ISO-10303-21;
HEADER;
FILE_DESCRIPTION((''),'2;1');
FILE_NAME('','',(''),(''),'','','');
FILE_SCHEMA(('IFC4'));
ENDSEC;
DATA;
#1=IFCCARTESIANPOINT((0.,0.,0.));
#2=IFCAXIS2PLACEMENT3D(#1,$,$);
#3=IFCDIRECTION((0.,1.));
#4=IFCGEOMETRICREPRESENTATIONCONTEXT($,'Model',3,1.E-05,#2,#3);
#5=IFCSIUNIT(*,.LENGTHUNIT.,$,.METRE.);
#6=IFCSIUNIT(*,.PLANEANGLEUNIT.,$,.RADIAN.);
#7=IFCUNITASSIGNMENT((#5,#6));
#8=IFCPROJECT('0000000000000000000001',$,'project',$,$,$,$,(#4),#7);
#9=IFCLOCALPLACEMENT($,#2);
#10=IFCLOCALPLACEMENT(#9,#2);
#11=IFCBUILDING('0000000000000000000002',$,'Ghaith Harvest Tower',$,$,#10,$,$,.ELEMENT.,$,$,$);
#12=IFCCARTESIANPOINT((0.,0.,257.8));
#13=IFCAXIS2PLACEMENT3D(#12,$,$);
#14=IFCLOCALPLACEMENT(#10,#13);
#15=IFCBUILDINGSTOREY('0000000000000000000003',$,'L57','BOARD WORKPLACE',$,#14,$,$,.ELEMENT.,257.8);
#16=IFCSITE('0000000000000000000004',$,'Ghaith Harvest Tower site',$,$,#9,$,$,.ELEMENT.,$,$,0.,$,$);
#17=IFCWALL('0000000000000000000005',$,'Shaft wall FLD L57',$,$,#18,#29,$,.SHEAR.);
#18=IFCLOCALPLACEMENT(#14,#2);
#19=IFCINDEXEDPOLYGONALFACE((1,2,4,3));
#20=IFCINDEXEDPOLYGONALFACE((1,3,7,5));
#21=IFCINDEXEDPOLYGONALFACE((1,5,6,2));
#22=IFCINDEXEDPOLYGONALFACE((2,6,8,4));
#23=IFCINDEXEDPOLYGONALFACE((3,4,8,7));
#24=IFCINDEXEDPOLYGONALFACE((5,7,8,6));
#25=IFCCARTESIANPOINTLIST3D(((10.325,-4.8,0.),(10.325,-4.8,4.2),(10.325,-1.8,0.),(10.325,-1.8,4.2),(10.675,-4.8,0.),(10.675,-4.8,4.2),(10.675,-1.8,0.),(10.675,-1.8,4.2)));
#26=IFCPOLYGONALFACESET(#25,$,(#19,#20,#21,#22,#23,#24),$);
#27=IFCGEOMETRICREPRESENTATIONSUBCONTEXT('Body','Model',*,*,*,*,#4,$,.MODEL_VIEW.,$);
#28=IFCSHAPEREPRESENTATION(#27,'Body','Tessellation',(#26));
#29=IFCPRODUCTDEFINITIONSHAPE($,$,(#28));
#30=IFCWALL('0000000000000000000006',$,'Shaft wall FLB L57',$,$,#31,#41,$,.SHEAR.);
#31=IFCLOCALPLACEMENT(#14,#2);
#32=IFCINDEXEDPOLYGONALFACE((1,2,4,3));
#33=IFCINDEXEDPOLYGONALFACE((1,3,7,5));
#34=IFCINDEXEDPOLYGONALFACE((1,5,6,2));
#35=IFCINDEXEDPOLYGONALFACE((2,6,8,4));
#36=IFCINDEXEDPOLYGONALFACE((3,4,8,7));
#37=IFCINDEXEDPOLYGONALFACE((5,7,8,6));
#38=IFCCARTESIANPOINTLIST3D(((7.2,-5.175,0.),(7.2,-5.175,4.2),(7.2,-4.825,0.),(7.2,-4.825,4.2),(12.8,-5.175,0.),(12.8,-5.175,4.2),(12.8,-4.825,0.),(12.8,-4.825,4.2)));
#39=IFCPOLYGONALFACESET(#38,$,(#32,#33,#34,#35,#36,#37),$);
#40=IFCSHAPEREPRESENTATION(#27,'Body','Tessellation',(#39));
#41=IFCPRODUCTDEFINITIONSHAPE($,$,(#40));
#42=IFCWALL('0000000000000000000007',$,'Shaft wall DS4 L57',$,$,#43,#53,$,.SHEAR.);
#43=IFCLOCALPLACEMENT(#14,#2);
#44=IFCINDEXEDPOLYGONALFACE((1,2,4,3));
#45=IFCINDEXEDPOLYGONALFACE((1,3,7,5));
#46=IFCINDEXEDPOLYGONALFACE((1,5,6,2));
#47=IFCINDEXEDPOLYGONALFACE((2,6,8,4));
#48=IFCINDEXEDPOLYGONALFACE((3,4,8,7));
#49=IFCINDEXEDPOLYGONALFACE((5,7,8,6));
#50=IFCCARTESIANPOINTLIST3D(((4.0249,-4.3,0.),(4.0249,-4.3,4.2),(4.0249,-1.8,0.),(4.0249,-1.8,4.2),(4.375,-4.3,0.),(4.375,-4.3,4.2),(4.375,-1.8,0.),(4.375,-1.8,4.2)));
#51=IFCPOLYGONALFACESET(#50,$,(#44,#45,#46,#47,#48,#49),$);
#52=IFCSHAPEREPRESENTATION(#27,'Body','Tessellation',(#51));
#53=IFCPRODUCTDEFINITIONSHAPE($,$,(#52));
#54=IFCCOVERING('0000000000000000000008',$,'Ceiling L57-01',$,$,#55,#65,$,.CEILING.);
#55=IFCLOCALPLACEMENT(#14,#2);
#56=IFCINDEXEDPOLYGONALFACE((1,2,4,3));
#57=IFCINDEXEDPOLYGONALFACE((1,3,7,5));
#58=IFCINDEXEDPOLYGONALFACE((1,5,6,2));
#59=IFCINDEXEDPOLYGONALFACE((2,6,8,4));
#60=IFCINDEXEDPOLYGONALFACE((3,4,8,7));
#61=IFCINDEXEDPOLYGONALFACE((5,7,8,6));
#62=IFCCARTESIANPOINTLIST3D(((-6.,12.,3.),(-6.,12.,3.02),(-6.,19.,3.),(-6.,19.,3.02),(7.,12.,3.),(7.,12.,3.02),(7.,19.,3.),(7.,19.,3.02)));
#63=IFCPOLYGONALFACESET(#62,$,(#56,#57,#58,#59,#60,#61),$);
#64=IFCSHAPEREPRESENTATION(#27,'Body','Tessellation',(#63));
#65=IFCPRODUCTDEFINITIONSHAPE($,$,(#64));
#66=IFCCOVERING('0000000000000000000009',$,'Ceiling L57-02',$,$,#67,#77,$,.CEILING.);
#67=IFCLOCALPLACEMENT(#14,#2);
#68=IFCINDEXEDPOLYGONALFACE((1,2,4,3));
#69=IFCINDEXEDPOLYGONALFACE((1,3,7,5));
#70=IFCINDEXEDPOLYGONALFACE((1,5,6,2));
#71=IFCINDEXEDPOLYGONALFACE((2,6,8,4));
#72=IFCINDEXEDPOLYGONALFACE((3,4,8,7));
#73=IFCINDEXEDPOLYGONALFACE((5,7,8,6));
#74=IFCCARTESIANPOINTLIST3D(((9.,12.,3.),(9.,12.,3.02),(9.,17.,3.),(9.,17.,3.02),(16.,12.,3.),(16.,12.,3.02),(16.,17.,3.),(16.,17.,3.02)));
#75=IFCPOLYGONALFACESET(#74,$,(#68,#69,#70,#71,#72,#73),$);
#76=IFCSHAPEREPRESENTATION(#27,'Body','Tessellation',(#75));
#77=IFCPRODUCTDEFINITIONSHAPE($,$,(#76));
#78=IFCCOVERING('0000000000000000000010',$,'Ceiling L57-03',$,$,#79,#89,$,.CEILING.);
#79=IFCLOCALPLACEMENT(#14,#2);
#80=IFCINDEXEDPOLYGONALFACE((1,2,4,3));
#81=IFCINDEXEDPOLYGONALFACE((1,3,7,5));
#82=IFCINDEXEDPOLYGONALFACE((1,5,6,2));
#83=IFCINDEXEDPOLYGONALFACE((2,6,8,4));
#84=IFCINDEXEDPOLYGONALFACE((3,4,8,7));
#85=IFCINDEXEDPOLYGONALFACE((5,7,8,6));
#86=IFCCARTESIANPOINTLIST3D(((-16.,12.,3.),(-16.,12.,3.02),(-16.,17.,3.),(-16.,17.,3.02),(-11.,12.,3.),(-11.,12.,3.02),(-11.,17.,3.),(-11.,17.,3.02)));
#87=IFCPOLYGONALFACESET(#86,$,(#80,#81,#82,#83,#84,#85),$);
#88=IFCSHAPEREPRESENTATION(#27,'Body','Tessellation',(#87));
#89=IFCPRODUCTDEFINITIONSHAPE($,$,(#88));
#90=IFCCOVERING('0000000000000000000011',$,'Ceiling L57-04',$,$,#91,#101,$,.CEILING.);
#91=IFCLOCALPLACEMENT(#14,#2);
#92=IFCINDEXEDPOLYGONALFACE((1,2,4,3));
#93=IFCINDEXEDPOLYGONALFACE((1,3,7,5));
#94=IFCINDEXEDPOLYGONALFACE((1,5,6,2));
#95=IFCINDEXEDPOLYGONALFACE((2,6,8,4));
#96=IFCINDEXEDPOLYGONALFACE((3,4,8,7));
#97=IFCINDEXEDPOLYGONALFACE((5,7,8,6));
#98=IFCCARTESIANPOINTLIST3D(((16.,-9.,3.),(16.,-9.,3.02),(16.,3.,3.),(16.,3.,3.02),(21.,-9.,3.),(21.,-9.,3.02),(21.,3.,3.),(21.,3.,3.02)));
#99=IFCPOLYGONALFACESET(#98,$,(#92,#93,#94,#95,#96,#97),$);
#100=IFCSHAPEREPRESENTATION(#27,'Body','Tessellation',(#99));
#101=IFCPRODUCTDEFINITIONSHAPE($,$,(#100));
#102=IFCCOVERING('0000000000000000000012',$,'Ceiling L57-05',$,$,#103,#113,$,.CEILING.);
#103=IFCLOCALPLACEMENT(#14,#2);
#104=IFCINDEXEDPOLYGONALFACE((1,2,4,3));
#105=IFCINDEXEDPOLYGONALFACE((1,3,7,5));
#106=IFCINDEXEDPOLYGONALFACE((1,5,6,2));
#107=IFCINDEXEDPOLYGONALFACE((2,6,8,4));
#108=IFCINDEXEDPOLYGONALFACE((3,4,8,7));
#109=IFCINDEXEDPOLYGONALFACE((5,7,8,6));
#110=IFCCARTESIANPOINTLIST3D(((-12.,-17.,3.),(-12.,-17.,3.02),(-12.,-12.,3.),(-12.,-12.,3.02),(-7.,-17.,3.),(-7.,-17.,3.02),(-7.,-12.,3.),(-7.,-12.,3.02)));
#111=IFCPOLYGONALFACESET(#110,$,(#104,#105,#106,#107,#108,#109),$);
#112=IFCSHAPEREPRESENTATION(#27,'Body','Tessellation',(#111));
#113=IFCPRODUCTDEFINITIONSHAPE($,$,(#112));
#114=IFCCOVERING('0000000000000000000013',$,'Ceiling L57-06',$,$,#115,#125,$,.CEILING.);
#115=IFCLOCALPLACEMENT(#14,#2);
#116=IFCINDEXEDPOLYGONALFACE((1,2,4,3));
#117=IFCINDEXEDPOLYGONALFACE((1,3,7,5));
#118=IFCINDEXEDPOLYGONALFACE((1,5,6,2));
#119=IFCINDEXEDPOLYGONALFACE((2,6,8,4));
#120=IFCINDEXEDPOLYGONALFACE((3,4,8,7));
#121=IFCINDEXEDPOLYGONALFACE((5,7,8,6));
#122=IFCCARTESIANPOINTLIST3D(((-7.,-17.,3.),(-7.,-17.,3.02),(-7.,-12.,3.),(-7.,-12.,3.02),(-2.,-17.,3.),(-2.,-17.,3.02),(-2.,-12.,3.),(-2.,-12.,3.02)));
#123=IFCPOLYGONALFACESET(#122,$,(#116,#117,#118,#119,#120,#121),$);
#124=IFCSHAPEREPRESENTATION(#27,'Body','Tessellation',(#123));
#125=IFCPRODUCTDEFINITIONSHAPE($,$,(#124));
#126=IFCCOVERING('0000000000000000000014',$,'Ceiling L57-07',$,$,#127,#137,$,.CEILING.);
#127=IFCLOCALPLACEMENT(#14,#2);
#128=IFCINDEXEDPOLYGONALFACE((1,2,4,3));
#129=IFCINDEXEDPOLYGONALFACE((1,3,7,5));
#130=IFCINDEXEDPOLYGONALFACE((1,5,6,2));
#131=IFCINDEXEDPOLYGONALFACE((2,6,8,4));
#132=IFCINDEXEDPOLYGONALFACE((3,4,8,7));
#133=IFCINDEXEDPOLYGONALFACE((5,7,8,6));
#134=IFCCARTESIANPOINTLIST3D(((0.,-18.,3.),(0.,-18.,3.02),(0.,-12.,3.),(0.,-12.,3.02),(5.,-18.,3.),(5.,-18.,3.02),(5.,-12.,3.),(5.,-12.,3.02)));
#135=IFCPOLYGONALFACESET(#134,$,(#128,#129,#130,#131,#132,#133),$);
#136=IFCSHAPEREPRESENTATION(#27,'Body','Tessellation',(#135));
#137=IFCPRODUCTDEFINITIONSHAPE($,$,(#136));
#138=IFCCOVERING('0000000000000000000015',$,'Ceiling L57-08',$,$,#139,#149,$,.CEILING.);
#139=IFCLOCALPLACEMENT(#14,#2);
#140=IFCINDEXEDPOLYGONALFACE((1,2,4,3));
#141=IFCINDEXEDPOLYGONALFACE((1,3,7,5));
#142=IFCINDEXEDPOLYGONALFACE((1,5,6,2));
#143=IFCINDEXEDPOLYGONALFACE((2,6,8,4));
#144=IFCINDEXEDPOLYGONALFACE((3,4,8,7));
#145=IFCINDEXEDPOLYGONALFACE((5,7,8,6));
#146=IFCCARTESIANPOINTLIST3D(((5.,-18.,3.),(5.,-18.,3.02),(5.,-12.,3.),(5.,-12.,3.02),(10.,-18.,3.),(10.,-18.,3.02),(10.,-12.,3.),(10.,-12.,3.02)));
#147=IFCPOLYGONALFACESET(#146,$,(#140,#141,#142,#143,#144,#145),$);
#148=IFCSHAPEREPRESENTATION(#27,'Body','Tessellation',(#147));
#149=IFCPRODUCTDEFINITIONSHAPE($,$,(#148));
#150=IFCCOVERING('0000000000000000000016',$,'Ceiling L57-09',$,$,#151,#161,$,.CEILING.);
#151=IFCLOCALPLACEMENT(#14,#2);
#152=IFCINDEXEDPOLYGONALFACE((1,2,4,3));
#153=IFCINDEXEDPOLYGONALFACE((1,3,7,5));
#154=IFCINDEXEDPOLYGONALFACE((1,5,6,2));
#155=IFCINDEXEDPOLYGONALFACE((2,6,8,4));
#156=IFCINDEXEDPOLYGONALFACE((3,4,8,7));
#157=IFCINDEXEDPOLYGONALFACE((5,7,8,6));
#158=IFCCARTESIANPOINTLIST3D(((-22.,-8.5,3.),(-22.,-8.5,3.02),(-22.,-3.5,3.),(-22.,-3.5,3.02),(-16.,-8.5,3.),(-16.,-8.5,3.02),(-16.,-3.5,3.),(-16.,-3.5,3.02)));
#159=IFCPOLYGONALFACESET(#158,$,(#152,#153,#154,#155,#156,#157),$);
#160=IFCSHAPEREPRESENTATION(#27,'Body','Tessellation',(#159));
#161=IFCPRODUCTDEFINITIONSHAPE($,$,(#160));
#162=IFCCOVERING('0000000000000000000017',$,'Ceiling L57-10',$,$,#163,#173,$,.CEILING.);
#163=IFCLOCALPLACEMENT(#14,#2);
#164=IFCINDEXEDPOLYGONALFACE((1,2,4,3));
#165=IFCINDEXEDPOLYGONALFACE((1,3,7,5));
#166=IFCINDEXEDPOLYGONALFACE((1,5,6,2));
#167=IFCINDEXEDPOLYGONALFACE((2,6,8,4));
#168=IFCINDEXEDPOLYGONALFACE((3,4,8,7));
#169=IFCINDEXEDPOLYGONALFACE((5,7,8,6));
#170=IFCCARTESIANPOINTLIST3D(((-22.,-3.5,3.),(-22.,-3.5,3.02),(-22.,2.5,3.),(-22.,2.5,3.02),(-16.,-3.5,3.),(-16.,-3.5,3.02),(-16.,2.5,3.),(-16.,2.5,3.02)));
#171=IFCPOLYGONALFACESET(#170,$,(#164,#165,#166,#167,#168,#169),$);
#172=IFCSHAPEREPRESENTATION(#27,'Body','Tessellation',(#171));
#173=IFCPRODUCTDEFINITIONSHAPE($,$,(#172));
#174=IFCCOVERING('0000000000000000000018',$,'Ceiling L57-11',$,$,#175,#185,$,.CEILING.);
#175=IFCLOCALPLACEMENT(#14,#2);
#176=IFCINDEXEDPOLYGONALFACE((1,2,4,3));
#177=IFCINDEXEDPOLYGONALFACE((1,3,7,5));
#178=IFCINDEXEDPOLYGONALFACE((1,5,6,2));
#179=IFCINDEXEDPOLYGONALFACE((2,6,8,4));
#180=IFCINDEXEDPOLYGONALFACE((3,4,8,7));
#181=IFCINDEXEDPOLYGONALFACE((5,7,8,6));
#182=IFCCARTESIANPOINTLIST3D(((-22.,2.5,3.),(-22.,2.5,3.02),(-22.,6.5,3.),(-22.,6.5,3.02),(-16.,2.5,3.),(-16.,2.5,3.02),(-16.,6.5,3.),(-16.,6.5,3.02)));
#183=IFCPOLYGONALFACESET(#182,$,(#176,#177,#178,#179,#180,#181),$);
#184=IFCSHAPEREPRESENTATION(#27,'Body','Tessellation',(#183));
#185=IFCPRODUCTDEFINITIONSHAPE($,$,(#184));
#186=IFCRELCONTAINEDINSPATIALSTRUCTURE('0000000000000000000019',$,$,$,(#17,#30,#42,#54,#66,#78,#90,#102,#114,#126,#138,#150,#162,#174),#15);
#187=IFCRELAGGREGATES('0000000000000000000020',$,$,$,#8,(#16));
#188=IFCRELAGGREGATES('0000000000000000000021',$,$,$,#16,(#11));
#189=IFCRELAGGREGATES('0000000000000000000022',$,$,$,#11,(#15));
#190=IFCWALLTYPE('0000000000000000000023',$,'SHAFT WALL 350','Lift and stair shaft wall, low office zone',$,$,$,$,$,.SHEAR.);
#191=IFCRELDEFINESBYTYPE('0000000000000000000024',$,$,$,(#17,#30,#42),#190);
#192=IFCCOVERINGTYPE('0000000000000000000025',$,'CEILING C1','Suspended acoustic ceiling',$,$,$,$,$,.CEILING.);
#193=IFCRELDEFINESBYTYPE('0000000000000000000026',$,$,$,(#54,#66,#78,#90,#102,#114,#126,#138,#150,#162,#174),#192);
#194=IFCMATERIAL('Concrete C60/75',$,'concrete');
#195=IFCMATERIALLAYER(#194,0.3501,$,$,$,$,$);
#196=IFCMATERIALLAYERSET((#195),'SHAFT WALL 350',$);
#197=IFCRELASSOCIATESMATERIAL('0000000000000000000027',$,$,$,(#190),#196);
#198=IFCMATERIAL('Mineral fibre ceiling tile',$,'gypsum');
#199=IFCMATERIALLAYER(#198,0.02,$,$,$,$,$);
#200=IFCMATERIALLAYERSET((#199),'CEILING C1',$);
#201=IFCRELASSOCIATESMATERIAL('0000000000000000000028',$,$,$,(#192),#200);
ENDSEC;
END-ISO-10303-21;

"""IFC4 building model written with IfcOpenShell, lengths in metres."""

from ifc_helpers import new_model, si_unit, direction, frame, frame_2d, origin, place, context, subcontext, project, spatial, polyline, rectangle, outline, extrude, material, layer, layer_set, type_object, element, save


model = new_model("IFC4")

# Units and contexts
model_context = context("Model", 3, precision=1e-05, world=origin(), true_north=direction((0.0, 1.0)))
body_context = subcontext(model_context, "Body", "Model", "MODEL_VIEW")
ifc_project = project(units=[si_unit("LENGTHUNIT", "METRE"), si_unit("PLANEANGLEUNIT", "RADIAN")], contexts=[model_context])

# Site, building, storey
site_placement = place(None, origin())
site = spatial("IfcSite", under=ifc_project, at=site_placement, Name="Ghaith Harvest Tower site", CompositionType="ELEMENT", RefElevation=0.0)
building_placement = place(site_placement, origin())
building = spatial("IfcBuilding", under=site, at=building_placement, Name="Ghaith Harvest Tower", CompositionType="ELEMENT")
storey_placement = place(building_placement, frame((0.0, 0.0, 257.8)))
storey = spatial("IfcBuildingStorey", under=building, at=storey_placement, Name="L57", Description="BOARD WORKPLACE", CompositionType="ELEMENT", Elevation=257.8)

# Shared definitions
ifc_material_1 = material(Name="Concrete C60/75", Category="concrete")
ifc_layer_1 = layer(ifc_material_1, 0.3501)
ifc_layer_set_1 = layer_set([ifc_layer_1], Name="SHAFT WALL 350")
wall_type_1 = type_object("IfcWallType", Name="SHAFT WALL 350", Description="Lift and stair shaft wall, low office zone", PredefinedType="SHEAR", material=ifc_layer_set_1)

# Walls
wall_1_placement = place(storey_placement, frame((10.5, -4.8, 0.0), z_axis=(0.0, 0.0, 1.0), x_axis=(0.0, 1.0, 0.0)))
element("IfcWall", 1, at=wall_1_placement, inside=storey, type_object=wall_type_1, Name="Shaft wall FLD L57", PredefinedType="SHEAR", context=body_context, shape_type="SweptSolid", body=[
    extrude(rectangle(XDim=3.0, YDim=0.3501, at=frame_2d((1.5, 0.0))), origin(), (0.0, 0.0, 1.0), 4.2),
])
wall_2_placement = place(storey_placement, frame((7.2, -5.0, 0.0), z_axis=(0.0, 0.0, 1.0), x_axis=(1.0, 0.0, 0.0)))
element("IfcWall", 2, at=wall_2_placement, inside=storey, type_object=wall_type_1, Name="Shaft wall FLB L57", PredefinedType="SHEAR", context=body_context, shape_type="SweptSolid", body=[
    extrude(rectangle(XDim=5.6001, YDim=0.3501, at=frame_2d((2.8, 0.0))), origin(), (0.0, 0.0, 1.0), 4.2),
])
wall_3_placement = place(storey_placement, frame((4.2, -4.3, 0.0), z_axis=(0.0, 0.0, 1.0), x_axis=(0.0, 1.0, 0.0)))
element("IfcWall", 3, at=wall_3_placement, inside=storey, type_object=wall_type_1, Name="Shaft wall DS4 L57", PredefinedType="SHEAR", context=body_context, shape_type="SweptSolid", body=[
    extrude(rectangle(XDim=2.5, YDim=0.3501, at=frame_2d((1.25, 0.0))), origin(), (0.0, 0.0, 1.0), 4.2),
])

# Coverings
ifc_material_2 = material(Name="Mineral fibre ceiling tile", Category="gypsum")
ifc_layer_2 = layer(ifc_material_2, 0.02)
ifc_layer_set_2 = layer_set([ifc_layer_2], Name="CEILING C1")
covering_type = type_object("IfcCoveringType", Name="CEILING C1", Description="Suspended acoustic ceiling", PredefinedType="CEILING", material=ifc_layer_set_2)
covering_1_placement = place(storey_placement, frame((0.0, 0.0, 3.0)))
element("IfcCovering", 4, at=covering_1_placement, inside=storey, type_object=covering_type, Name="Ceiling L57-01", PredefinedType="CEILING", context=body_context, shape_type="SweptSolid", body=[
    extrude(outline(polyline([(-6.0, 12.0), (7.0, 12.0), (7.0, 19.0), (-6.0, 19.0), (-6.0, 12.0)])), origin(), (0.0, 0.0, 1.0), 0.02),
])
covering_2_placement = place(storey_placement, frame((0.0, 0.0, 3.0)))
element("IfcCovering", 5, at=covering_2_placement, inside=storey, type_object=covering_type, Name="Ceiling L57-02", PredefinedType="CEILING", context=body_context, shape_type="SweptSolid", body=[
    extrude(outline(polyline([(9.0, 12.0), (16.0, 12.0), (16.0, 17.0), (9.0, 17.0), (9.0, 12.0)])), origin(), (0.0, 0.0, 1.0), 0.02),
])
covering_3_placement = place(storey_placement, frame((0.0, 0.0, 3.0)))
element("IfcCovering", 6, at=covering_3_placement, inside=storey, type_object=covering_type, Name="Ceiling L57-03", PredefinedType="CEILING", context=body_context, shape_type="SweptSolid", body=[
    extrude(outline(polyline([(-16.0, 12.0), (-11.0, 12.0), (-11.0, 17.0), (-16.0, 17.0), (-16.0, 12.0)])), origin(), (0.0, 0.0, 1.0), 0.02),
])
covering_4_placement = place(storey_placement, frame((0.0, 0.0, 3.0)))
element("IfcCovering", 7, at=covering_4_placement, inside=storey, type_object=covering_type, Name="Ceiling L57-04", PredefinedType="CEILING", context=body_context, shape_type="SweptSolid", body=[
    extrude(outline(polyline([(16.0, -9.0), (21.0, -9.0), (21.0, 3.0), (16.0, 3.0), (16.0, -9.0)])), origin(), (0.0, 0.0, 1.0), 0.02),
])
covering_5_placement = place(storey_placement, frame((0.0, 0.0, 3.0)))
element("IfcCovering", 8, at=covering_5_placement, inside=storey, type_object=covering_type, Name="Ceiling L57-05", PredefinedType="CEILING", context=body_context, shape_type="SweptSolid", body=[
    extrude(outline(polyline([(-12.0, -17.0), (-7.0, -17.0), (-7.0, -12.0), (-12.0, -12.0), (-12.0, -17.0)])), origin(), (0.0, 0.0, 1.0), 0.02),
])
covering_6_placement = place(storey_placement, frame((0.0, 0.0, 3.0)))
element("IfcCovering", 9, at=covering_6_placement, inside=storey, type_object=covering_type, Name="Ceiling L57-06", PredefinedType="CEILING", context=body_context, shape_type="SweptSolid", body=[
    extrude(outline(polyline([(-7.0, -17.0), (-2.0, -17.0), (-2.0, -12.0), (-7.0, -12.0), (-7.0, -17.0)])), origin(), (0.0, 0.0, 1.0), 0.02),
])
covering_7_placement = place(storey_placement, frame((0.0, 0.0, 3.0)))
element("IfcCovering", 10, at=covering_7_placement, inside=storey, type_object=covering_type, Name="Ceiling L57-07", PredefinedType="CEILING", context=body_context, shape_type="SweptSolid", body=[
    extrude(outline(polyline([(0.0, -18.0), (5.0, -18.0), (5.0, -12.0), (0.0, -12.0), (0.0, -18.0)])), origin(), (0.0, 0.0, 1.0), 0.02),
])
covering_8_placement = place(storey_placement, frame((0.0, 0.0, 3.0)))
element("IfcCovering", 11, at=covering_8_placement, inside=storey, type_object=covering_type, Name="Ceiling L57-08", PredefinedType="CEILING", context=body_context, shape_type="SweptSolid", body=[
    extrude(outline(polyline([(5.0, -18.0), (10.0, -18.0), (10.0, -12.0), (5.0, -12.0), (5.0, -18.0)])), origin(), (0.0, 0.0, 1.0), 0.02),
])
covering_9_placement = place(storey_placement, frame((0.0, 0.0, 3.0)))
element("IfcCovering", 12, at=covering_9_placement, inside=storey, type_object=covering_type, Name="Ceiling L57-09", PredefinedType="CEILING", context=body_context, shape_type="SweptSolid", body=[
    extrude(outline(polyline([(-22.0, -8.5), (-16.0, -8.5), (-16.0, -3.5), (-22.0, -3.5), (-22.0, -8.5)])), origin(), (0.0, 0.0, 1.0), 0.02),
])
covering_10_placement = place(storey_placement, frame((0.0, 0.0, 3.0)))
element("IfcCovering", 13, at=covering_10_placement, inside=storey, type_object=covering_type, Name="Ceiling L57-10", PredefinedType="CEILING", context=body_context, shape_type="SweptSolid", body=[
    extrude(outline(polyline([(-22.0, -3.5), (-16.0, -3.5), (-16.0, 2.5), (-22.0, 2.5), (-22.0, -3.5)])), origin(), (0.0, 0.0, 1.0), 0.02),
])
covering_11_placement = place(storey_placement, frame((0.0, 0.0, 3.0)))
element("IfcCovering", 14, at=covering_11_placement, inside=storey, type_object=covering_type, Name="Ceiling L57-11", PredefinedType="CEILING", context=body_context, shape_type="SweptSolid", body=[
    extrude(outline(polyline([(-22.0, 2.5), (-16.0, 2.5), (-16.0, 6.5), (-22.0, 6.5), (-22.0, 2.5)])), origin(), (0.0, 0.0, 1.0), 0.02),
])

save(model, "model.ifc")
